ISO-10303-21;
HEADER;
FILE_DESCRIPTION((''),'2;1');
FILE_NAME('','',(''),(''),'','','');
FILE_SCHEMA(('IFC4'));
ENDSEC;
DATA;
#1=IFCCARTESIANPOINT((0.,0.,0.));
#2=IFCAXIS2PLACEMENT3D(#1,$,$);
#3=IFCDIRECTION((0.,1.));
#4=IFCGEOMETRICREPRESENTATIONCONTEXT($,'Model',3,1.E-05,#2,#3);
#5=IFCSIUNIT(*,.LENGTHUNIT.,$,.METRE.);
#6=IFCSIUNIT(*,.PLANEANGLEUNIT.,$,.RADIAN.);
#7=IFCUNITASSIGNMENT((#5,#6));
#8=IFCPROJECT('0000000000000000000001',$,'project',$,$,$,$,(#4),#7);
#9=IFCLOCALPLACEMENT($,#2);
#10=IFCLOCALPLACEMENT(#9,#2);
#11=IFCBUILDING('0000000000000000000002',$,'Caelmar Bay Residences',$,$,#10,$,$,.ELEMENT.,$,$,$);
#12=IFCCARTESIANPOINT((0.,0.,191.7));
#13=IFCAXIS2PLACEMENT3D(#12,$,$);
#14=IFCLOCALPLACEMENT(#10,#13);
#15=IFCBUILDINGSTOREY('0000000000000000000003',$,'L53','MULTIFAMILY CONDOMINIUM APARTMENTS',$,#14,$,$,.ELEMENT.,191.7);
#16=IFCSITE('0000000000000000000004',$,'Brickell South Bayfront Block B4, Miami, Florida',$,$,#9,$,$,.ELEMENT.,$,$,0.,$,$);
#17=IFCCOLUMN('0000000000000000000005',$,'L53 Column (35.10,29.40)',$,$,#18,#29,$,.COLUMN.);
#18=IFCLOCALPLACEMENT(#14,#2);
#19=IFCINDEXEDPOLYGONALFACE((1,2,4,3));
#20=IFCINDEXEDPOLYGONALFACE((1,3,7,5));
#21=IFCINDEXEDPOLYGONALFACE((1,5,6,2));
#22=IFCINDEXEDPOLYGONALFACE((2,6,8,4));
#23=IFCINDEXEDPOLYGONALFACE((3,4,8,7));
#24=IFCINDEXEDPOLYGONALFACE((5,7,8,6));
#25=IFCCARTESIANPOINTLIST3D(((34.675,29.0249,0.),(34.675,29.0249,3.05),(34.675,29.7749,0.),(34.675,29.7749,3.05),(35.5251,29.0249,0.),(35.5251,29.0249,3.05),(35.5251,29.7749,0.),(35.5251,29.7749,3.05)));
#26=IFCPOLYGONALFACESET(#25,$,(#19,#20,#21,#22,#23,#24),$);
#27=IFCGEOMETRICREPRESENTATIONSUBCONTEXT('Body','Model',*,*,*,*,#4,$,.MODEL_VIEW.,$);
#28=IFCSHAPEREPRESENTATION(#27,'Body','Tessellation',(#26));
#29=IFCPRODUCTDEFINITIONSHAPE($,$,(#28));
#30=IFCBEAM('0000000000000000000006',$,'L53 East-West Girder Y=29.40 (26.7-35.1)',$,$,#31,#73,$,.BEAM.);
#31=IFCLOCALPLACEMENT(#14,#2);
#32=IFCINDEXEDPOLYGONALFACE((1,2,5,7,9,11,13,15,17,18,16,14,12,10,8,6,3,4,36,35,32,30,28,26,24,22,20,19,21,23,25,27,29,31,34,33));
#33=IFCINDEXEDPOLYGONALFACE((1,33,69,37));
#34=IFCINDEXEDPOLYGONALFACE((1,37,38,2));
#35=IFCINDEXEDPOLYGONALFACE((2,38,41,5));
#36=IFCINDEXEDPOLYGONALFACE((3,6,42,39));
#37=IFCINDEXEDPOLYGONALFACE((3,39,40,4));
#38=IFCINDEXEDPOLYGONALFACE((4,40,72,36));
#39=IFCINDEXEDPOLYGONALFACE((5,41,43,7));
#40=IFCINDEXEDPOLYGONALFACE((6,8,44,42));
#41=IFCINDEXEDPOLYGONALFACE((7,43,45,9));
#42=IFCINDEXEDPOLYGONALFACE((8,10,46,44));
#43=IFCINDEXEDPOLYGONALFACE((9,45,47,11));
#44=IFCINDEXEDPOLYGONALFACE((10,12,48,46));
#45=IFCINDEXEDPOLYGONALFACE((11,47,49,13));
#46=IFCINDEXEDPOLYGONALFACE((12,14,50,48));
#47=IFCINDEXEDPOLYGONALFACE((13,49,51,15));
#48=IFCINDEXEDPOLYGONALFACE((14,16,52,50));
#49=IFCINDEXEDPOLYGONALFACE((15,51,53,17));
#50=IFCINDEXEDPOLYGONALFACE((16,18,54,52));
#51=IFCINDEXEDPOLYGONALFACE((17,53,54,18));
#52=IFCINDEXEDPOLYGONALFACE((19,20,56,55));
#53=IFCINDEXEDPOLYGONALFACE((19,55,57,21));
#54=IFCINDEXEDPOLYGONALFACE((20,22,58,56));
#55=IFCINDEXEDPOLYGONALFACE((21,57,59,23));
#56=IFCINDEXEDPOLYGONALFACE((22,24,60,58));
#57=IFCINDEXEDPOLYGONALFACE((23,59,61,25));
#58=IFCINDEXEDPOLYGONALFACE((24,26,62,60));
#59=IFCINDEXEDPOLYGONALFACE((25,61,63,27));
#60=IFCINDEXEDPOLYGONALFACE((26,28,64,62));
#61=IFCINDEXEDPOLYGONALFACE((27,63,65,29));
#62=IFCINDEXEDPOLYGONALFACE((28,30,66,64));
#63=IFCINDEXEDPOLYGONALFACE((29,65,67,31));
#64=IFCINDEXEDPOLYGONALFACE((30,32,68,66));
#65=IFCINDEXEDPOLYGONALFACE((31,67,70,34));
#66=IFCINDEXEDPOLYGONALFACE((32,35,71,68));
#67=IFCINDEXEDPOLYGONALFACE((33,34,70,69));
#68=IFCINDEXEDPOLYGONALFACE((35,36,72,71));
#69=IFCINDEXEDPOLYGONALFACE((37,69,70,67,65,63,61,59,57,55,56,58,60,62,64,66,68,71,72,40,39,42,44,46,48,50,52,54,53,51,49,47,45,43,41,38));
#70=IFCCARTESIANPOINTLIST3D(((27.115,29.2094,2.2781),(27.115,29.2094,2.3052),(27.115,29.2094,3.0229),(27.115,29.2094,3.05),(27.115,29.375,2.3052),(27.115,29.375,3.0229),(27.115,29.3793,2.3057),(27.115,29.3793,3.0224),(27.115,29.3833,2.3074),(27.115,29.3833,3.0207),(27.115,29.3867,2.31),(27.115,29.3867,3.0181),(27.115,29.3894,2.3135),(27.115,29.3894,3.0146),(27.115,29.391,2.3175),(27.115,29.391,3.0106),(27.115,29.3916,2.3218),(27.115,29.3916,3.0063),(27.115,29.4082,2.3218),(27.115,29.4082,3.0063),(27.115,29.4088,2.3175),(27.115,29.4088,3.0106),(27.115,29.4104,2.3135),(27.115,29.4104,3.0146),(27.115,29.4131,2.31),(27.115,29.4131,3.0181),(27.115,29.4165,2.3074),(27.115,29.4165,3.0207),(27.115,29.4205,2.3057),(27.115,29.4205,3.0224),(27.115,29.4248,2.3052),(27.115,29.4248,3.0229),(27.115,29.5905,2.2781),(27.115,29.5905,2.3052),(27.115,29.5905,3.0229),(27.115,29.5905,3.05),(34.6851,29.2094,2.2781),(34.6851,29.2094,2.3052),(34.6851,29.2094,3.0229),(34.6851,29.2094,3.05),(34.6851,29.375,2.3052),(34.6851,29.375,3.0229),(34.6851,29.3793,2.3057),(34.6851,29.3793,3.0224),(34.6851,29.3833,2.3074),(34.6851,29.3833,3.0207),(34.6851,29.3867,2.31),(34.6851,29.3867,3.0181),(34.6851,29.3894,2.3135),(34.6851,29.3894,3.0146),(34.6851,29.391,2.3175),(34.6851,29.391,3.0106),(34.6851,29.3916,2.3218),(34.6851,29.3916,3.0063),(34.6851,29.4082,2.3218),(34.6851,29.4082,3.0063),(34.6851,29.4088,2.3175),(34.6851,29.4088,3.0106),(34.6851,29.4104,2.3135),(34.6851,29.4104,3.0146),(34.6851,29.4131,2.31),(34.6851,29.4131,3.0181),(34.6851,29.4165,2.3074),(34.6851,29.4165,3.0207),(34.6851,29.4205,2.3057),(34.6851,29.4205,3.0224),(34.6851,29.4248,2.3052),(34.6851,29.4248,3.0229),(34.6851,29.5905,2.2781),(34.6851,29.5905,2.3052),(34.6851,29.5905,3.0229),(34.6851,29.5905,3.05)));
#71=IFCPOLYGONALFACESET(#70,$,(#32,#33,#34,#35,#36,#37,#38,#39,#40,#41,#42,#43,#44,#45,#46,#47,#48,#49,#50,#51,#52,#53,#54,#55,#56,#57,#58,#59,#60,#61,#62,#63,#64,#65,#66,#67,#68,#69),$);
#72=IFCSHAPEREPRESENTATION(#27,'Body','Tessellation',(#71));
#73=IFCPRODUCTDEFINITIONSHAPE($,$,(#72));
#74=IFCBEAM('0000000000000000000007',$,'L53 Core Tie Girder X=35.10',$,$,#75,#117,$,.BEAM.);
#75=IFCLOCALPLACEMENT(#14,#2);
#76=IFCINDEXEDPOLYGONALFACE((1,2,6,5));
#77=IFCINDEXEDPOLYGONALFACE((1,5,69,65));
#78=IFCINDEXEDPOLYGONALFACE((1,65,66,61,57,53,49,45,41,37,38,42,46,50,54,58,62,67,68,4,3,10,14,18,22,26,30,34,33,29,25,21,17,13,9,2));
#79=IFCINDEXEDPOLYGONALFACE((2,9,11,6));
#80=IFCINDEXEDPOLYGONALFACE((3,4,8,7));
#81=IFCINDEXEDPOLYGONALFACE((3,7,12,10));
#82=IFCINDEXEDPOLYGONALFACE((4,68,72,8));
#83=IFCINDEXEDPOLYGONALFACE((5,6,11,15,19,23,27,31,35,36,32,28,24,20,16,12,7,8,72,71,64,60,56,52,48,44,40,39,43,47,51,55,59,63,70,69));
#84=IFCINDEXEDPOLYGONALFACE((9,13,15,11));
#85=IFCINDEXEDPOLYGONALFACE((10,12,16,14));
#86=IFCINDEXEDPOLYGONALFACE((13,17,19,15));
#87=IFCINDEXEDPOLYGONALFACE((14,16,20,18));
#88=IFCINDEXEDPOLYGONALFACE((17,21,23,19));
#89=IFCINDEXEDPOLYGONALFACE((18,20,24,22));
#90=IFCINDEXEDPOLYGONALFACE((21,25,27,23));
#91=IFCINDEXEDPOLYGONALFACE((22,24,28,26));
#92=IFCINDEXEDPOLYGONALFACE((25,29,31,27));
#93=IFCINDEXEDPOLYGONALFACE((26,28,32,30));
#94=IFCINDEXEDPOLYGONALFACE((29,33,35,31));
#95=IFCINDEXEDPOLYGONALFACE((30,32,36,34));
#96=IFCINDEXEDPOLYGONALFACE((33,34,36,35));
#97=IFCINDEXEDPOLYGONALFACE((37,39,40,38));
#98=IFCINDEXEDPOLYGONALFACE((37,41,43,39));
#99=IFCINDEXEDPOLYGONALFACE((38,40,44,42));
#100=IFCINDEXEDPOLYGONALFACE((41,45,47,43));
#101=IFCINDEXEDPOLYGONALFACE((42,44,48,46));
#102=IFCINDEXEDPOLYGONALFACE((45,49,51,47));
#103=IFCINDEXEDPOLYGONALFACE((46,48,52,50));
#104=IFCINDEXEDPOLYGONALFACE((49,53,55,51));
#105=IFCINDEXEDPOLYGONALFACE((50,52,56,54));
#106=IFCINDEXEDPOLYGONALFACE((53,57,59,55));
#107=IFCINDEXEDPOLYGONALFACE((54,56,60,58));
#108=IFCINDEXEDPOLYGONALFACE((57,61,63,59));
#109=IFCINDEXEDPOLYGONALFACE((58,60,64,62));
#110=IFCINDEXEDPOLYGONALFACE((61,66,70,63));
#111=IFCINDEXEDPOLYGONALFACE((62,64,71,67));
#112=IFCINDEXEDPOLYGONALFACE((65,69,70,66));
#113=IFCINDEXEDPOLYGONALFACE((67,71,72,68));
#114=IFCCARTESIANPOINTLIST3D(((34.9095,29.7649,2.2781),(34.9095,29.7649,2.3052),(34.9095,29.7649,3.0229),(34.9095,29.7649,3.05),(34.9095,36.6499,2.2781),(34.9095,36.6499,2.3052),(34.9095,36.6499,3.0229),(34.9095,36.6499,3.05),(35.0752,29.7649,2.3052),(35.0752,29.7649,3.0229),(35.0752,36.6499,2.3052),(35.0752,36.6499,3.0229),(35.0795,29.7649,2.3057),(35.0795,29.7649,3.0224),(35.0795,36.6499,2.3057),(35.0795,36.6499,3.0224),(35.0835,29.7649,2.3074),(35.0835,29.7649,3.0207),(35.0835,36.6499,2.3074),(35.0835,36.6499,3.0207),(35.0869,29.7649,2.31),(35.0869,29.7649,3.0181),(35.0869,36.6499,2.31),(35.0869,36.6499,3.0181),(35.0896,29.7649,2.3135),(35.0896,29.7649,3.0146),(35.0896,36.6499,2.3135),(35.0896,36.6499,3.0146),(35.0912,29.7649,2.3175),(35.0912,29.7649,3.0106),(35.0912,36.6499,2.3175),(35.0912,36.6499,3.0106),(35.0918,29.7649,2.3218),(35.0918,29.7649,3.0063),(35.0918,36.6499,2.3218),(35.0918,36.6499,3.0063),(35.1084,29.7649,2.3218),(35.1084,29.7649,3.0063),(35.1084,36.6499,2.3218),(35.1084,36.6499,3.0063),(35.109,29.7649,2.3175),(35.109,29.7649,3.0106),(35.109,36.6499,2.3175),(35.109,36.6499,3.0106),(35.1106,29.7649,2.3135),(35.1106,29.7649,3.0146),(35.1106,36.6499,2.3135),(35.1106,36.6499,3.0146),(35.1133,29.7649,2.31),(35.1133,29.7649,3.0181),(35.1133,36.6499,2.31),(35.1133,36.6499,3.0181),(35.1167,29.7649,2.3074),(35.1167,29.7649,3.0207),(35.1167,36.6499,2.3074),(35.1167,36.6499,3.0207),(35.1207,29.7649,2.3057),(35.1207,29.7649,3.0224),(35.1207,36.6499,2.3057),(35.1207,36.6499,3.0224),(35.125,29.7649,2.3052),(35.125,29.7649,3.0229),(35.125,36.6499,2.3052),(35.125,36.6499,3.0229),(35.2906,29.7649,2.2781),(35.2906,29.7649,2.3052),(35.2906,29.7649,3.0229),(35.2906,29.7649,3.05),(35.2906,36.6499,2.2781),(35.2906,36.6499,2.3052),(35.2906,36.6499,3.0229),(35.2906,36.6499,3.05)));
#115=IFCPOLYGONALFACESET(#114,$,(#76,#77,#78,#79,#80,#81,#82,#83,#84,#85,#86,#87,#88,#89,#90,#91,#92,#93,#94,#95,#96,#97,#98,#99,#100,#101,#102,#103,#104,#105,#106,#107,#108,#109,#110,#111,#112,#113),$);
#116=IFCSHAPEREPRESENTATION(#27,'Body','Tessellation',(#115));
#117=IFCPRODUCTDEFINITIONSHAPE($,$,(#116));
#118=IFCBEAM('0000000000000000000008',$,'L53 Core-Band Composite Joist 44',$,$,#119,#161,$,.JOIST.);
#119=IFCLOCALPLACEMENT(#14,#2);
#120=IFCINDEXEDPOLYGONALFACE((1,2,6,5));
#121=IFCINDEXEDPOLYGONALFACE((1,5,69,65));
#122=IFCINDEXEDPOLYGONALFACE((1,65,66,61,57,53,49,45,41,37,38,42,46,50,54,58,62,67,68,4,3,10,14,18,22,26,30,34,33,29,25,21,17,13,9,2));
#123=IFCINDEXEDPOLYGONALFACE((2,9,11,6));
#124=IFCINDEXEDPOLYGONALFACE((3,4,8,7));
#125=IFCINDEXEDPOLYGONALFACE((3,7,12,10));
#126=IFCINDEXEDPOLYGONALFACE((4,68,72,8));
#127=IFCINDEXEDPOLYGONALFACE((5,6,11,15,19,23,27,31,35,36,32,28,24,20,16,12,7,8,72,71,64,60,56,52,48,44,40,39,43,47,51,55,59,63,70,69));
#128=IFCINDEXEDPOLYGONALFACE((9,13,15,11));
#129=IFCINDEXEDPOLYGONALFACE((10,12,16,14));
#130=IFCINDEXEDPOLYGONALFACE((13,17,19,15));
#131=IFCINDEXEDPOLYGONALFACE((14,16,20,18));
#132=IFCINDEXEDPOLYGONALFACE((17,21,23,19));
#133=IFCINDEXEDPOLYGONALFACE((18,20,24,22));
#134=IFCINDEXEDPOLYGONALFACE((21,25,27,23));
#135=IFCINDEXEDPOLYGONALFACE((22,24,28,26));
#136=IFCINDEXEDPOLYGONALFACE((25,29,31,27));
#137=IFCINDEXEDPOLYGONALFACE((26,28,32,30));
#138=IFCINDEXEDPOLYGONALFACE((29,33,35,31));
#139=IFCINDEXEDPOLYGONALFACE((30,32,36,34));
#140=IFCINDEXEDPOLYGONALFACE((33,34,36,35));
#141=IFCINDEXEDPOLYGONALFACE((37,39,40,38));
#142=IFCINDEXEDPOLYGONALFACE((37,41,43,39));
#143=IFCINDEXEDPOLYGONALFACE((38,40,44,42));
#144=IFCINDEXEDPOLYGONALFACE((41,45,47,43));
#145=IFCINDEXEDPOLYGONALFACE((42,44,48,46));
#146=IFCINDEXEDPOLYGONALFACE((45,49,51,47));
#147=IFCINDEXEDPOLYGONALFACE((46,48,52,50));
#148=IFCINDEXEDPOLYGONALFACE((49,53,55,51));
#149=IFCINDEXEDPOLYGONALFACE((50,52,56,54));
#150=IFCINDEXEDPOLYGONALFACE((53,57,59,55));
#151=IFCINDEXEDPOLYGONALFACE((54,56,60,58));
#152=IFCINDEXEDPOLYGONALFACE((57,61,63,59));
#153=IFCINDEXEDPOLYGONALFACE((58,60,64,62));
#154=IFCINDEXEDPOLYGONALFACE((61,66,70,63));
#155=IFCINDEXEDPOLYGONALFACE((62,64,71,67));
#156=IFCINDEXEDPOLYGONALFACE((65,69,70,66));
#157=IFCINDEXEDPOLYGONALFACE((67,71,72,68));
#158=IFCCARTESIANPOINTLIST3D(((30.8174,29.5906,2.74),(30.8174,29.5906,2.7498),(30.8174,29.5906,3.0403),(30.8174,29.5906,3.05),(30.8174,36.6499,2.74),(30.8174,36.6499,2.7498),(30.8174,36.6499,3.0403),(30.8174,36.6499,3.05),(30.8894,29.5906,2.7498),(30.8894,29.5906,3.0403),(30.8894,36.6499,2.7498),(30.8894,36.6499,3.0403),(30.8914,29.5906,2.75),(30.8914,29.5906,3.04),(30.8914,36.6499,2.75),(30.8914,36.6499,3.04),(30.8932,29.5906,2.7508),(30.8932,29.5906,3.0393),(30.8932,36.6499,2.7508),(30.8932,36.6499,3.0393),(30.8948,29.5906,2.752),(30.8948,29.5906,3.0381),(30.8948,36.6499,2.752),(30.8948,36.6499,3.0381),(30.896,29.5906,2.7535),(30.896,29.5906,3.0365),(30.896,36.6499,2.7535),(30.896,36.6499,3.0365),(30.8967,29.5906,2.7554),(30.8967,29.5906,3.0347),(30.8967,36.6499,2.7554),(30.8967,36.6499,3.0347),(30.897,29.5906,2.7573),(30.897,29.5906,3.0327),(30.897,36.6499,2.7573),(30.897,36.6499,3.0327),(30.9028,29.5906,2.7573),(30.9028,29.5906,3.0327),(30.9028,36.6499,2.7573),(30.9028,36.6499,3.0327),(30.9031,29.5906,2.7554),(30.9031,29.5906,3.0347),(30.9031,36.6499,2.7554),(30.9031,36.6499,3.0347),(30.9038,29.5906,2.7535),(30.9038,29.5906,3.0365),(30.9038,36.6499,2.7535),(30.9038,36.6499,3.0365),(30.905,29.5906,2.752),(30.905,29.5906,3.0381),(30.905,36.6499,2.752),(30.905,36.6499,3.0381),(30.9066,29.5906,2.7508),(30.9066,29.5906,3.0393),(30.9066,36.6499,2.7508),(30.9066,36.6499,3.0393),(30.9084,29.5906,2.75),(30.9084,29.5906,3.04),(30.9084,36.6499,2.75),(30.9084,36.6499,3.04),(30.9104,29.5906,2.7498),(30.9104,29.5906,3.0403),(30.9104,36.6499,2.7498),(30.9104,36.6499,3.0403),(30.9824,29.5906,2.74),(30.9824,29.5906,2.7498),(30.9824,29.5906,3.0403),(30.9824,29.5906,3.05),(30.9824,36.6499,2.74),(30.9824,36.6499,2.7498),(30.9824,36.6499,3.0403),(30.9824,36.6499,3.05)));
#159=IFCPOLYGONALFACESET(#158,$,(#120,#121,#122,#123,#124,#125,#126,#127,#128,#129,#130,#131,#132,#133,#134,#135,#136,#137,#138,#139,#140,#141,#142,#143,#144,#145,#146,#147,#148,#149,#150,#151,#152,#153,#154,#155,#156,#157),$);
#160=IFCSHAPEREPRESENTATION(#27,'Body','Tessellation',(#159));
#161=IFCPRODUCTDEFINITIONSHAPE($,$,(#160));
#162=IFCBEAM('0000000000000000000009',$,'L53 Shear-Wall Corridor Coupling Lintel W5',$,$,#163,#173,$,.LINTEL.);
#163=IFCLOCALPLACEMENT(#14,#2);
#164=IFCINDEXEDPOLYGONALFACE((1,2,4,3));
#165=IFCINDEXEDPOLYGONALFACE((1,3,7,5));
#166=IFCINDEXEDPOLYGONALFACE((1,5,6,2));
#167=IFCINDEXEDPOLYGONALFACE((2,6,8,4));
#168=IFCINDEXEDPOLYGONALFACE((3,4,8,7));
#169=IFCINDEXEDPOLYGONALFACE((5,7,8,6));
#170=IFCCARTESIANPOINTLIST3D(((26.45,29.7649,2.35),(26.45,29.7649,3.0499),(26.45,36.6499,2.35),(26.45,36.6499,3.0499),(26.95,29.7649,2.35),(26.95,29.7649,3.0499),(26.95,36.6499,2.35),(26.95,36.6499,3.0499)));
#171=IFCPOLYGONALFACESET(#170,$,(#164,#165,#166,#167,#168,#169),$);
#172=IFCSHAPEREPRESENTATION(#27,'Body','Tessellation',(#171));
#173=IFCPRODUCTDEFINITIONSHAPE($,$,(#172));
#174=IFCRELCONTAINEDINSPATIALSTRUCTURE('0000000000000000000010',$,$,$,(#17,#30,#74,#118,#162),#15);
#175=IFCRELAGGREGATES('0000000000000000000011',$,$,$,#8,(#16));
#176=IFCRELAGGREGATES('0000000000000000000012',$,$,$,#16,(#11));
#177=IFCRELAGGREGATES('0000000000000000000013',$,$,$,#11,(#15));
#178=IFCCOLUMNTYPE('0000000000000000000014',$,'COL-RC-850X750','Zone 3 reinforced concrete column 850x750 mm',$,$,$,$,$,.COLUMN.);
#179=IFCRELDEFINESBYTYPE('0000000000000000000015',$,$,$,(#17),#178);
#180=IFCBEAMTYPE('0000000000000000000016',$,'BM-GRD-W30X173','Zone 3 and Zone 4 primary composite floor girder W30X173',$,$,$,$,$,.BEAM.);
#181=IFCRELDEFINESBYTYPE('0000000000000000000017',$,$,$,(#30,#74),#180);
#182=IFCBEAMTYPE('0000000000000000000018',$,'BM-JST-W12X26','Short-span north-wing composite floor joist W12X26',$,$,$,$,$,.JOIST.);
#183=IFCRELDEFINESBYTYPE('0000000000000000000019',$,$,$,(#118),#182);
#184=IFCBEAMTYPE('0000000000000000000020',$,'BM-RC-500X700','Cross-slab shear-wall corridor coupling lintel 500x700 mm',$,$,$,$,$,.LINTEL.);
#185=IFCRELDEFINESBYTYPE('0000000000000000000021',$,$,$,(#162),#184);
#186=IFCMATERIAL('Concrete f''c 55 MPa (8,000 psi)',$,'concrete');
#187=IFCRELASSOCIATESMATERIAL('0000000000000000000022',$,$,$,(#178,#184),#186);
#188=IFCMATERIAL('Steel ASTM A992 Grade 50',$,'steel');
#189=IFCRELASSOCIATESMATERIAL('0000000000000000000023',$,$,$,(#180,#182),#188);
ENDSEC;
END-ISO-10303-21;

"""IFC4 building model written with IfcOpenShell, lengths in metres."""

from ifc_helpers import new_model, si_unit, direction, frame, origin, origin_2d, place, context, subcontext, project, spatial, rectangle, i_section, extrude, material, material_profile, profile_set, type_object, element, save


model = new_model("IFC4")

# Units and contexts
model_context = context("Model", 3, precision=1e-05, world=origin(), true_north=direction((0.0, 1.0)))
body_context = subcontext(model_context, "Body", "Model", "MODEL_VIEW")
ifc_project = project(units=[si_unit("LENGTHUNIT", "METRE"), si_unit("PLANEANGLEUNIT", "RADIAN")], contexts=[model_context])

# Site, building, storey
site_placement = place(None, origin())
site = spatial("IfcSite", under=ifc_project, at=site_placement, Name="Brickell South Bayfront Block B4, Miami, Florida", CompositionType="ELEMENT", RefElevation=0.0)
building_placement = place(site_placement, origin())
building = spatial("IfcBuilding", under=site, at=building_placement, Name="Caelmar Bay Residences", CompositionType="ELEMENT")
storey_placement = place(building_placement, frame((0.0, 0.0, 191.7)))
storey = spatial("IfcBuildingStorey", under=building, at=storey_placement, Name="L53", Description="MULTIFAMILY CONDOMINIUM APARTMENTS", CompositionType="ELEMENT", Elevation=191.7)

# Column
ifc_material_1 = material(Name="Concrete f'c 55 MPa (8,000 psi)", Category="concrete")
ifc_material_profile_1 = material_profile(ifc_material_1, rectangle(XDim=0.8501, YDim=0.75, at=origin_2d()), Name="RC-COL-850X750")
ifc_profile_set_1 = profile_set([ifc_material_profile_1], Name="Concrete f'c 55 MPa (8,000 psi)")
column_type = type_object("IfcColumnType", Name="COL-RC-850X750", Description="Zone 3 reinforced concrete column 850x750 mm", PredefinedType="COLUMN", material=ifc_profile_set_1)
column_placement = place(storey_placement, frame((35.1001, 29.3999, 0.0), z_axis=(0.0, 0.0, 1.0), x_axis=(1.0, 0.0, 0.0)))
element("IfcColumn", 1, at=column_placement, inside=storey, type_object=column_type, Name="L53 Column (35.10,29.40)", PredefinedType="COLUMN", context=body_context, shape_type="SweptSolid", body=[
    extrude(rectangle(XDim=0.8501, YDim=0.75, at=origin_2d()), origin(), (0.0, 0.0, 1.0), 3.05),
])

# Beams
ifc_material_2 = material(Name="Steel ASTM A992 Grade 50", Category="steel")
ifc_material_profile_2 = material_profile(ifc_material_2, i_section(OverallWidth=0.3811, OverallDepth=0.772, WebThickness=0.0166, FlangeThickness=0.0271, FilletRadius=0.0166, at=origin_2d()), Name="W30X173")
ifc_profile_set_2 = profile_set([ifc_material_profile_2], Name="Steel ASTM A992 Grade 50")
beam_type_1 = type_object("IfcBeamType", Name="BM-GRD-W30X173", Description="Zone 3 and Zone 4 primary composite floor girder W30X173", PredefinedType="BEAM", material=ifc_profile_set_2)
beam_1_placement = place(storey_placement, frame((27.115, 29.3999, 2.6641), z_axis=(1.0, 0.0, 0.0), x_axis=(0.0, 1.0, 0.0)))
element("IfcBeam", 2, at=beam_1_placement, inside=storey, type_object=beam_type_1, Name="L53 East-West Girder Y=29.40 (26.7-35.1)", PredefinedType="BEAM", context=body_context, shape_type="SweptSolid", body=[
    extrude(i_section(OverallWidth=0.3811, OverallDepth=0.772, WebThickness=0.0166, FlangeThickness=0.0271, FilletRadius=0.0166, at=origin_2d()), origin(), (0.0, 0.0, 1.0), 7.5701),
])
beam_2_placement = place(storey_placement, frame((35.1001, 29.7649, 2.6641), z_axis=(0.0, 1.0, 0.0), x_axis=(-1.0, 0.0, 0.0)))
element("IfcBeam", 3, at=beam_2_placement, inside=storey, type_object=beam_type_1, Name="L53 Core Tie Girder X=35.10", PredefinedType="BEAM", context=body_context, shape_type="SweptSolid", body=[
    extrude(i_section(OverallWidth=0.3811, OverallDepth=0.772, WebThickness=0.0166, FlangeThickness=0.0271, FilletRadius=0.0166, at=origin_2d()), origin(), (0.0, 0.0, 1.0), 6.885),
])
ifc_material_profile_3 = material_profile(ifc_material_2, i_section(OverallWidth=0.165, OverallDepth=0.3101, WebThickness=0.0059, FlangeThickness=0.0098, FilletRadius=0.0076, at=origin_2d()), Name="W12X26")
ifc_profile_set_3 = profile_set([ifc_material_profile_3], Name="Steel ASTM A992 Grade 50")
beam_type_2 = type_object("IfcBeamType", Name="BM-JST-W12X26", Description="Short-span north-wing composite floor joist W12X26", PredefinedType="JOIST", material=ifc_profile_set_3)
beam_3_placement = place(storey_placement, frame((30.8999, 29.5906, 2.895), z_axis=(0.0, 1.0, 0.0), x_axis=(-1.0, 0.0, 0.0)))
element("IfcBeam", 4, at=beam_3_placement, inside=storey, type_object=beam_type_2, Name="L53 Core-Band Composite Joist 44", PredefinedType="JOIST", context=body_context, shape_type="SweptSolid", body=[
    extrude(i_section(OverallWidth=0.165, OverallDepth=0.3101, WebThickness=0.0059, FlangeThickness=0.0098, FilletRadius=0.0076, at=origin_2d()), origin(), (0.0, 0.0, 1.0), 7.0593),
])
ifc_material_profile_4 = material_profile(ifc_material_1, rectangle(XDim=0.5, YDim=0.7, at=origin_2d()), Name="RC-BM-500X700")
ifc_profile_set_4 = profile_set([ifc_material_profile_4], Name="Concrete f'c 55 MPa (8,000 psi)")
beam_type_3 = type_object("IfcBeamType", Name="BM-RC-500X700", Description="Cross-slab shear-wall corridor coupling lintel 500x700 mm", PredefinedType="LINTEL", material=ifc_profile_set_4)
beam_4_placement = place(storey_placement, frame((26.7, 29.7649, 2.7), z_axis=(0.0, 1.0, 0.0), x_axis=(-1.0, 0.0, 0.0)))
element("IfcBeam", 5, at=beam_4_placement, inside=storey, type_object=beam_type_3, Name="L53 Shear-Wall Corridor Coupling Lintel W5", PredefinedType="LINTEL", context=body_context, shape_type="SweptSolid", body=[
    extrude(rectangle(XDim=0.5, YDim=0.7, at=origin_2d()), origin(), (0.0, 0.0, 1.0), 6.885),
])

save(model, "model.ifc")
